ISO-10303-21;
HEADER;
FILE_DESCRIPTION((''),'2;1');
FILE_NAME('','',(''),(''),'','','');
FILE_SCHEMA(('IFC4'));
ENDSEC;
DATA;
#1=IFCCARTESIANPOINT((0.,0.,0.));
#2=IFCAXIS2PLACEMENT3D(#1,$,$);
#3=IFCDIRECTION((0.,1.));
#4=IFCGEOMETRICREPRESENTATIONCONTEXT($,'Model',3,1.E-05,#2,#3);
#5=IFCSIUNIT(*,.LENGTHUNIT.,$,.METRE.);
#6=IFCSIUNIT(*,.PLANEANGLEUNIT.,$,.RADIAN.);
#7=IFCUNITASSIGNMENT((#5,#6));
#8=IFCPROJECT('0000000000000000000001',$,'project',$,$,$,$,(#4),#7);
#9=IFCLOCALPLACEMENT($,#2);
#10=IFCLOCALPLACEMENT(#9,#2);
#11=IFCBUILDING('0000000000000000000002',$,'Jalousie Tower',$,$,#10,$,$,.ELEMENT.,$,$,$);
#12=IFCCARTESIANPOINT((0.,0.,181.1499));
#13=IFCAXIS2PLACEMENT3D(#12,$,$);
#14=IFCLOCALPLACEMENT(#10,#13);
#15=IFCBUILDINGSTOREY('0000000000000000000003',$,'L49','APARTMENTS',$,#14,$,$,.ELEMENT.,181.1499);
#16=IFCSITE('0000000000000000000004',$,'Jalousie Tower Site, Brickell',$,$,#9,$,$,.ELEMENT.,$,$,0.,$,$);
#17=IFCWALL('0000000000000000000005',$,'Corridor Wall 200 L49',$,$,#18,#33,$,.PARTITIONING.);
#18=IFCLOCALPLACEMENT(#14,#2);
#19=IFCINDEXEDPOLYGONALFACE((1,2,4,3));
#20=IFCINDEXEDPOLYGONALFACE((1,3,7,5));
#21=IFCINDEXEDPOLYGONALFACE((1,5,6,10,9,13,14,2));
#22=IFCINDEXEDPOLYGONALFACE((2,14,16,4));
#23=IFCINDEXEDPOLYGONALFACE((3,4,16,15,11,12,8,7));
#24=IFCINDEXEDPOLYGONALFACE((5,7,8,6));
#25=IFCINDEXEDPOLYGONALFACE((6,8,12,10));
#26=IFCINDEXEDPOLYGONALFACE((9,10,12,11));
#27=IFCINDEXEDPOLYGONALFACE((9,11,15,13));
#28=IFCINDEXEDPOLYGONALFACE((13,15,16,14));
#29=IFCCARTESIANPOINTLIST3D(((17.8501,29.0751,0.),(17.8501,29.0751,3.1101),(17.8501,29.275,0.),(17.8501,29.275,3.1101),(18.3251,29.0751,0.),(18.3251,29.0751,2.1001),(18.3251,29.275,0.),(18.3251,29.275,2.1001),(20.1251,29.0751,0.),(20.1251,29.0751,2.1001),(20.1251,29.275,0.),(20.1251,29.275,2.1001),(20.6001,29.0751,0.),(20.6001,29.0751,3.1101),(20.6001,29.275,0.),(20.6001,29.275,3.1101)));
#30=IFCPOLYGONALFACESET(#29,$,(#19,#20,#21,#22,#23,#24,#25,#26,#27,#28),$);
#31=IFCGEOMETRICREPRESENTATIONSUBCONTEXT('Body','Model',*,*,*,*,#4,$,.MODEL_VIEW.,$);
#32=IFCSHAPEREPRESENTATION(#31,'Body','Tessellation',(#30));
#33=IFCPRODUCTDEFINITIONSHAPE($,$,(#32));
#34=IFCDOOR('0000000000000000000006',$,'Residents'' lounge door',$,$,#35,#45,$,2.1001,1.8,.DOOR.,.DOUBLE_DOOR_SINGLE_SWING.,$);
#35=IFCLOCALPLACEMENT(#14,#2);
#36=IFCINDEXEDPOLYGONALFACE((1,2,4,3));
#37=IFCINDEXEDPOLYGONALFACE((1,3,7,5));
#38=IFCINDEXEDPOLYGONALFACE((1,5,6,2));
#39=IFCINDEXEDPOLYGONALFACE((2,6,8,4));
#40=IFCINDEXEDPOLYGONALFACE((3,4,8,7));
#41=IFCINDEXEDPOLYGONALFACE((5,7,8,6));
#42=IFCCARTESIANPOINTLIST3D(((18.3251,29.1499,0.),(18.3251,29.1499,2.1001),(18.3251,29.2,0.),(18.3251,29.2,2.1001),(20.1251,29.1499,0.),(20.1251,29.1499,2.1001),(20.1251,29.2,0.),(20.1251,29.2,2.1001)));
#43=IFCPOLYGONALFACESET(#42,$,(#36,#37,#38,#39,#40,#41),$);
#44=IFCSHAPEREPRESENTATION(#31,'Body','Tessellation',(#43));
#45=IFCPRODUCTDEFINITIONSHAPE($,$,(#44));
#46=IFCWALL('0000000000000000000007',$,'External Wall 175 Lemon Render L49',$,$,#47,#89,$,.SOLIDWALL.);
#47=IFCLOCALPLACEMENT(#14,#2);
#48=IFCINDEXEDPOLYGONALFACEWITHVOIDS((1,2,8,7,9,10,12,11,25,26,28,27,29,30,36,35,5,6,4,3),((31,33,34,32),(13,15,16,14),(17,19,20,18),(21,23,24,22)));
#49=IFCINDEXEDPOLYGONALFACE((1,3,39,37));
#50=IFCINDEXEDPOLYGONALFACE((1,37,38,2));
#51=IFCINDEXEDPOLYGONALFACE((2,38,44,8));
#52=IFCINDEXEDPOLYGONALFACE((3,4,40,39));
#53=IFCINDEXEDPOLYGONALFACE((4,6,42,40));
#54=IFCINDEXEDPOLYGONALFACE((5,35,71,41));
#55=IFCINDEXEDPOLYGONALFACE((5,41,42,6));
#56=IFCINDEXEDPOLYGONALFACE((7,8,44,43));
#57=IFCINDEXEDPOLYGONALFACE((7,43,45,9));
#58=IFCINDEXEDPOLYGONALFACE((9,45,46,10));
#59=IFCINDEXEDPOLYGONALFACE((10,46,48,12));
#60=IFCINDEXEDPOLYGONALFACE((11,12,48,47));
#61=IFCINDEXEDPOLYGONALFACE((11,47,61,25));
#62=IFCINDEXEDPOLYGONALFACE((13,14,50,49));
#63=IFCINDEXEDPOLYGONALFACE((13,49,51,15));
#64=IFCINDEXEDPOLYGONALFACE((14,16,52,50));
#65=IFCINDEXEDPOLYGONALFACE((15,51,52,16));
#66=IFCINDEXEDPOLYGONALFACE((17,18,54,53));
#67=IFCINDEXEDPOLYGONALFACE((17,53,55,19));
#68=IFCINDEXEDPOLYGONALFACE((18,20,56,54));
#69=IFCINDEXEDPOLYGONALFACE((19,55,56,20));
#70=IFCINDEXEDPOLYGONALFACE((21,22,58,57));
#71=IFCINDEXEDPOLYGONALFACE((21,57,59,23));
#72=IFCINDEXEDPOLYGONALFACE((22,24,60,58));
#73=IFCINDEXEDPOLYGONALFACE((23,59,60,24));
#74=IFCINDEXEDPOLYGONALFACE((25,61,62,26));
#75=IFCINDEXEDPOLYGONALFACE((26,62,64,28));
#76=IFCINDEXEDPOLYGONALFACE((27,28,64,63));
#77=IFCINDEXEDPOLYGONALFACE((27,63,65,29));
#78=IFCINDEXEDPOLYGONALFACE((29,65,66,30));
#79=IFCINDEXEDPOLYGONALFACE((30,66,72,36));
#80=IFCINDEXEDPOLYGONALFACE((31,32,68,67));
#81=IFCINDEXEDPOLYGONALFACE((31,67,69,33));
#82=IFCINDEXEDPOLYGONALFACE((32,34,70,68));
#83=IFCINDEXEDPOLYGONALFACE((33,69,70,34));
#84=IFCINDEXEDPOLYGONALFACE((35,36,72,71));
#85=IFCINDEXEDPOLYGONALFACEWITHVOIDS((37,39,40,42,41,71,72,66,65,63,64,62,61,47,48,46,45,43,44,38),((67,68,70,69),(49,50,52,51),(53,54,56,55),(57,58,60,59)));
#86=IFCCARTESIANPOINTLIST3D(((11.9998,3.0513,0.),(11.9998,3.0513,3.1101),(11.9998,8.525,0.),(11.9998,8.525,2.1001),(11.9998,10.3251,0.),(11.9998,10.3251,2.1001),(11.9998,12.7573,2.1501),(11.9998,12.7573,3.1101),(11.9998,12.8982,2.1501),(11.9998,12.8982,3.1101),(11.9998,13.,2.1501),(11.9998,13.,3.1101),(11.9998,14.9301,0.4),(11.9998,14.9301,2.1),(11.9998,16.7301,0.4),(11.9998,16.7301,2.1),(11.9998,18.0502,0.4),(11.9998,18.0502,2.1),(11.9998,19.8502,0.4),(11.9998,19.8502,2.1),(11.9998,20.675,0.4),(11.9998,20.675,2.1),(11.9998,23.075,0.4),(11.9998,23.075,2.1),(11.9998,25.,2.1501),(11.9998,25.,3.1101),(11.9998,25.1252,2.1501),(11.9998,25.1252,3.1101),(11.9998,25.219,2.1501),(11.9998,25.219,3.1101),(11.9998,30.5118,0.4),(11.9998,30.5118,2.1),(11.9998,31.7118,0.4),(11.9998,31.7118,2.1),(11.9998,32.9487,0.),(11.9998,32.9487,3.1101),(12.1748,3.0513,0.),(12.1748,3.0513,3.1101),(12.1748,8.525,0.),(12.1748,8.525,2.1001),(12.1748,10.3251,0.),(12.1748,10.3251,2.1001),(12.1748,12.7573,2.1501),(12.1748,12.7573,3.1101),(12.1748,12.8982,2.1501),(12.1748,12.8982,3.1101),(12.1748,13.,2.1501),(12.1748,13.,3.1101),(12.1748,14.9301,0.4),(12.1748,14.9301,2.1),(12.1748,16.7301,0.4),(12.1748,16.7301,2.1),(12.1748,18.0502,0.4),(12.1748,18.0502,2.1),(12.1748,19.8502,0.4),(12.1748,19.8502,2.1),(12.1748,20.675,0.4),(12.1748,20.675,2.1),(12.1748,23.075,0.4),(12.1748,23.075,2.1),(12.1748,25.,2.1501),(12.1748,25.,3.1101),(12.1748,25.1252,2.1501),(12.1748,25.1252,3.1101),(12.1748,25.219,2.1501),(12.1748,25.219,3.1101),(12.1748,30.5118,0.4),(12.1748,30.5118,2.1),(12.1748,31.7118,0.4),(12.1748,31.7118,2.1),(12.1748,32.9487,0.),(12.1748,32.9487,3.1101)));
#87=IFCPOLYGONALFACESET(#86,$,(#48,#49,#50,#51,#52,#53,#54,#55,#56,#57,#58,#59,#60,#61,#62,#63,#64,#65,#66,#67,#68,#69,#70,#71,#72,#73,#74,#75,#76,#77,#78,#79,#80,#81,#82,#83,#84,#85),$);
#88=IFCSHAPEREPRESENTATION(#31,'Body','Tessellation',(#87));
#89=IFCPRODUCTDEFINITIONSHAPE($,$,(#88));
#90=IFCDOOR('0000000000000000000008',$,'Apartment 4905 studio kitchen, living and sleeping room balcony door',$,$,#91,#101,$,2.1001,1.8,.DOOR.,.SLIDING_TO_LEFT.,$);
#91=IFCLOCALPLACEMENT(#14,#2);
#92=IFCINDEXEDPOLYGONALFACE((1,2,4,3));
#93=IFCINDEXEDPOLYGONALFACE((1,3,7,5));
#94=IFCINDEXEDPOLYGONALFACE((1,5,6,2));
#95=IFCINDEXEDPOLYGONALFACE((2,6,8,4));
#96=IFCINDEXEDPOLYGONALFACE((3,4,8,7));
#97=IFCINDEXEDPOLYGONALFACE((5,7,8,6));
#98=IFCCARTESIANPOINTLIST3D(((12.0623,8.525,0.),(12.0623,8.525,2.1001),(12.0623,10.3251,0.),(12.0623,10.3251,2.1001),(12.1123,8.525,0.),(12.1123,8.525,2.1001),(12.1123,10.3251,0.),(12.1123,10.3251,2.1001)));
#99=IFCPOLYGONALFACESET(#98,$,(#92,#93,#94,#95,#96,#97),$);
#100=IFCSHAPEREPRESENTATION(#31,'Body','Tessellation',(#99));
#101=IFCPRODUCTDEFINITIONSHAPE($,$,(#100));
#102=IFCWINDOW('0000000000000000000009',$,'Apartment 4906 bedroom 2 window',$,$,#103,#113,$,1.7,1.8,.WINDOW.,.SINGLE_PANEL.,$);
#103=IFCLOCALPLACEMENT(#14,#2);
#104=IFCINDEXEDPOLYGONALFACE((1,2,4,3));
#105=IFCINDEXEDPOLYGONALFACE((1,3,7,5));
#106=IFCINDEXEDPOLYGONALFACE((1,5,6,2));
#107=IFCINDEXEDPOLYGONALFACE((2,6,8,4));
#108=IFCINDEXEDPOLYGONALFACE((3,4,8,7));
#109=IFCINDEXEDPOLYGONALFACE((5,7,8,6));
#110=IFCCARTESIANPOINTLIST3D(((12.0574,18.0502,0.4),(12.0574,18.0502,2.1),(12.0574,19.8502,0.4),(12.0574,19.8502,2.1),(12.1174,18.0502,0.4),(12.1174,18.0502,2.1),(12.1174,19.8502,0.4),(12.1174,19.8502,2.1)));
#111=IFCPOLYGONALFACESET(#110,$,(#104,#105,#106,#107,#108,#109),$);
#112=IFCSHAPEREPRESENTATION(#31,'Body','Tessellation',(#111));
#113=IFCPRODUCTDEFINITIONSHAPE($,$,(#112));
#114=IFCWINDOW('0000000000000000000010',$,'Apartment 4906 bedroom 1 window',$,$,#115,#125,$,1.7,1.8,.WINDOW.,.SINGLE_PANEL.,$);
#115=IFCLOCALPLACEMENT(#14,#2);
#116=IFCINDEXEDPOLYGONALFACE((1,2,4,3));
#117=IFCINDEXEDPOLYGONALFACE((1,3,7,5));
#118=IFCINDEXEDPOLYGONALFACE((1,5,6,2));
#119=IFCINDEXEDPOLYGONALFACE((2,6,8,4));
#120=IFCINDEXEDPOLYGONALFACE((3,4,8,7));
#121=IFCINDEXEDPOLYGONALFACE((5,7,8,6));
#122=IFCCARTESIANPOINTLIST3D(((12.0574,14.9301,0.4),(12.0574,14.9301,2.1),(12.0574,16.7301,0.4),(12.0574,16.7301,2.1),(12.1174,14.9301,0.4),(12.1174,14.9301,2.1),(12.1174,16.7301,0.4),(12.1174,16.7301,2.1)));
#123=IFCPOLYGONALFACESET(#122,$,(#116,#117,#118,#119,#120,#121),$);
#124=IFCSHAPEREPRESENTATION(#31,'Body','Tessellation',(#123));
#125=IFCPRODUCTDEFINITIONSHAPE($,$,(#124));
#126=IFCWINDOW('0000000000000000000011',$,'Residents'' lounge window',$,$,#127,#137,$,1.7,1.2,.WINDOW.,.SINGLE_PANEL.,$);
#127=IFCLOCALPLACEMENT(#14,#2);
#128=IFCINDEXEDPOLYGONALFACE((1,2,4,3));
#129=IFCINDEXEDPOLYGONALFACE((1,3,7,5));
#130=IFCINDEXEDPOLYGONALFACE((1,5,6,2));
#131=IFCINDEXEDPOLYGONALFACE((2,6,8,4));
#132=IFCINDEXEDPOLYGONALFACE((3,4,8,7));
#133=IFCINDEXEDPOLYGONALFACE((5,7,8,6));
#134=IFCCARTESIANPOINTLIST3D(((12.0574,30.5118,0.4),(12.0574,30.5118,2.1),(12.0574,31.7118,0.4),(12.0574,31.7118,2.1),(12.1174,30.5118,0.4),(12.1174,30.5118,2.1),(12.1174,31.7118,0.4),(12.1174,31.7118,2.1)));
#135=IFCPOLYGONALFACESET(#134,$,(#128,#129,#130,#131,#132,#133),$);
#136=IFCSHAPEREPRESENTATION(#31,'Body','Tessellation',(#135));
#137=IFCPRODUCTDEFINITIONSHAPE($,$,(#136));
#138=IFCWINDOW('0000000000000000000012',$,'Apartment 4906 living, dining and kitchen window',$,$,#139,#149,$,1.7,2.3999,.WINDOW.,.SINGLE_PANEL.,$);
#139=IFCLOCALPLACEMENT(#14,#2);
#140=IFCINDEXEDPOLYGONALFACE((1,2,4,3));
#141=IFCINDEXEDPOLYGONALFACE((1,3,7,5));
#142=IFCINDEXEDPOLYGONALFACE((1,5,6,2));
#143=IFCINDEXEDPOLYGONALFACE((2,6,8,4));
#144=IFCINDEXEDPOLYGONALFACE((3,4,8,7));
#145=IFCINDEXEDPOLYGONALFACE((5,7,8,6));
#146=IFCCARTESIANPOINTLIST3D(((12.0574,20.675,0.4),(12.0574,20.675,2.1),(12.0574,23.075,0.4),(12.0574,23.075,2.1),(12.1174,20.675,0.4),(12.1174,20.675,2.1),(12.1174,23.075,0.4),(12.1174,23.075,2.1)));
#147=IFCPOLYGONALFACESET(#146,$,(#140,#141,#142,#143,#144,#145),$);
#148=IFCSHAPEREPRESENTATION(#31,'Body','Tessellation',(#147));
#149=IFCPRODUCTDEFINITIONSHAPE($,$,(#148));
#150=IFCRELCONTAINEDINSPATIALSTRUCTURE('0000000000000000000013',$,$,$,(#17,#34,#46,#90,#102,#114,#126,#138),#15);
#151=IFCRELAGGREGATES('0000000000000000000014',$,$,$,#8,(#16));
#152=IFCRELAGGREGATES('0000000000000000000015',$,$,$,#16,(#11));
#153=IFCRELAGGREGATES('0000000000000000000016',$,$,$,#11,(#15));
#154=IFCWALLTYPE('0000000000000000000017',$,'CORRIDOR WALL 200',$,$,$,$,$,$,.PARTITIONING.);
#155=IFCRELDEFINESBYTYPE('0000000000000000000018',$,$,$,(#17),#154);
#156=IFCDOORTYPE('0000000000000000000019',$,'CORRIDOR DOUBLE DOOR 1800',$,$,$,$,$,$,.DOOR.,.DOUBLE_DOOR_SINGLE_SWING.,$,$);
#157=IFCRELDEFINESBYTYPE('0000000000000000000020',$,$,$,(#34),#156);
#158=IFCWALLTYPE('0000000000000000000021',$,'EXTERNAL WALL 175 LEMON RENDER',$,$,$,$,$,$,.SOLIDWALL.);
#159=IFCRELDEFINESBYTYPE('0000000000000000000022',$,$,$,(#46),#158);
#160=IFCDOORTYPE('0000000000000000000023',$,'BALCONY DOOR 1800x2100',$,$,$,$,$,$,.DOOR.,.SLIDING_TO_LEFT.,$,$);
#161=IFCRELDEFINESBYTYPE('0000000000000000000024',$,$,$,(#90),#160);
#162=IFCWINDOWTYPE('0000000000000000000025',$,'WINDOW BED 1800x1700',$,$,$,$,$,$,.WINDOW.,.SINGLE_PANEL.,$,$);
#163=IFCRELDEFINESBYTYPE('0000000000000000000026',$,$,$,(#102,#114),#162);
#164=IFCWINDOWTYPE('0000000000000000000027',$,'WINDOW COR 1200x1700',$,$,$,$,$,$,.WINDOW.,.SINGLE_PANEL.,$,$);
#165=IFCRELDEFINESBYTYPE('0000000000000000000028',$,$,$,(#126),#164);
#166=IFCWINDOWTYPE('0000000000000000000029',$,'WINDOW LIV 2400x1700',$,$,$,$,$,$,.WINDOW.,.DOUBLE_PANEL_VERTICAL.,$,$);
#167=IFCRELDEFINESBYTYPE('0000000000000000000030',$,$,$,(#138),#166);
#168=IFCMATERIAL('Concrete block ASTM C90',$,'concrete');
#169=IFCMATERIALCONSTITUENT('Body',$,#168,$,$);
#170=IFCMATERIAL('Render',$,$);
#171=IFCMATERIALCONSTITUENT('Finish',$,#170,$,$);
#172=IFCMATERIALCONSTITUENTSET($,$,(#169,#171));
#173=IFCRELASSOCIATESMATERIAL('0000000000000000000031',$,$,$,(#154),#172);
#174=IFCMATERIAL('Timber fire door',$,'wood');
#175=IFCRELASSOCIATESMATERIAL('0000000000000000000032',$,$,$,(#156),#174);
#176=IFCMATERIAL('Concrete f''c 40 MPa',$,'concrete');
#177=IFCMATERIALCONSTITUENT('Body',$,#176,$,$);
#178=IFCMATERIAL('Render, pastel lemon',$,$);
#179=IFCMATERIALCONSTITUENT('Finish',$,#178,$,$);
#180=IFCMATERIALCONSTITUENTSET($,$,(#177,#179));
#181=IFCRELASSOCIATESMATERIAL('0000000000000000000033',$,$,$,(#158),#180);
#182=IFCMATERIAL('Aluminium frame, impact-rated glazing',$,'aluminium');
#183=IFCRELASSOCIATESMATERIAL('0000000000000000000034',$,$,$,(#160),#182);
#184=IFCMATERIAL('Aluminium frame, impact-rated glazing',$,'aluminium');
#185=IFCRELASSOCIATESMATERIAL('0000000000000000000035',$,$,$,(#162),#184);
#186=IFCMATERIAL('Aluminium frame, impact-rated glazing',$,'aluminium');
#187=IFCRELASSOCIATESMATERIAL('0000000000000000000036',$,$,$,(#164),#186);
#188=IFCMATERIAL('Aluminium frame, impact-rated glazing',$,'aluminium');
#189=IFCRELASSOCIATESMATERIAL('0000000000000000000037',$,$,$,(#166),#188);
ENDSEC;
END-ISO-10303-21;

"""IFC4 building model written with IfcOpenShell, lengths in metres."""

from ifc_helpers import new_model, si_unit, direction, frame, frame_2d, origin, place, context, subcontext, project, spatial, polyline, rectangle, outline, extrude, material, constituent, constituent_set, type_object, element, fill, save


model = new_model("IFC4")

# Units and contexts
model_context = context("Model", 3, precision=1e-05, world=origin(), true_north=direction((0.0, 1.0)))
body_context = subcontext(model_context, "Body", "Model", "MODEL_VIEW")
ifc_project = project(units=[si_unit("LENGTHUNIT", "METRE"), si_unit("PLANEANGLEUNIT", "RADIAN")], contexts=[model_context])

# Site, building, storey
site_placement = place(None, origin())
site = spatial("IfcSite", under=ifc_project, at=site_placement, Name="Jalousie Tower Site, Brickell", CompositionType="ELEMENT", RefElevation=0.0)
building_placement = place(site_placement, origin())
building = spatial("IfcBuilding", under=site, at=building_placement, Name="Jalousie Tower", CompositionType="ELEMENT")
storey_placement = place(building_placement, frame((0.0, 0.0, 181.1499)))
storey = spatial("IfcBuildingStorey", under=building, at=storey_placement, Name="L49", Description="APARTMENTS", CompositionType="ELEMENT", Elevation=181.1499)

# Wall, opening, door
ifc_material_1 = material(Name="Concrete block ASTM C90", Category="concrete")
ifc_constituent_1 = constituent(ifc_material_1, Name="Body")
ifc_material_2 = material(Name="Render")
ifc_constituent_2 = constituent(ifc_material_2, Name="Finish")
ifc_constituent_set_1 = constituent_set(constituents=[ifc_constituent_1, ifc_constituent_2])
wall_type_1 = type_object("IfcWallType", Name="CORRIDOR WALL 200", PredefinedType="PARTITIONING", material=ifc_constituent_set_1)
wall_1_placement = place(storey_placement, frame((17.8501, 29.175, 0.0), z_axis=(0.0, 0.0, 1.0), x_axis=(1.0, 0.0, 0.0)))
wall_1 = element("IfcWall", 1, at=wall_1_placement, inside=storey, type_object=wall_type_1, Name="Corridor Wall 200 L49", PredefinedType="PARTITIONING", context=body_context, shape_type="SweptSolid", body=[
    extrude(rectangle(XDim=2.75, YDim=0.2, at=frame_2d((1.375, 0.0))), origin(), (0.0, 0.0, 1.0), 3.1101),
])
opening_1_placement = place(wall_1_placement, frame((0.4751, 0.0, 0.0)))
opening_1 = element("IfcOpeningElement", 2, at=opening_1_placement, cuts=wall_1, PredefinedType="OPENING", context=body_context, shape_type="SweptSolid", body=[
    extrude(rectangle(XDim=1.8, YDim=2.1001, at=frame_2d((0.8999, 1.05))), frame((0.0, 0.1099, 0.0), z_axis=(0.0, -1.0, 0.0), x_axis=(1.0, 0.0, 0.0)), (0.0, 0.0, 1.0), 0.22),
])
ifc_material_3 = material(Name="Timber fire door", Category="wood")
door_type_1 = type_object("IfcDoorType", Name="CORRIDOR DOUBLE DOOR 1800", OperationType="DOUBLE_DOOR_SINGLE_SWING", PredefinedType="DOOR", material=ifc_material_3)
door_1_placement = place(opening_1_placement, origin())
door_1 = element("IfcDoor", 3, at=door_1_placement, inside=storey, type_object=door_type_1, Name="Residents' lounge door", OperationType="DOUBLE_DOOR_SINGLE_SWING", OverallHeight=2.1001, OverallWidth=1.8, PredefinedType="DOOR", context=body_context, shape_type="SweptSolid", body=[
    extrude(rectangle(XDim=1.8, YDim=2.1001, at=frame_2d((0.8999, 1.05))), frame((0.0, 0.0249, 0.0), z_axis=(0.0, -1.0, 0.0), x_axis=(1.0, 0.0, 0.0)), (0.0, 0.0, 1.0), 0.05),
])
fill(opening_1, door_1)

# Wall, openings, door, windows
ifc_material_4 = material(Name="Concrete f'c 40 MPa", Category="concrete")
ifc_constituent_3 = constituent(ifc_material_4, Name="Body")
ifc_material_5 = material(Name="Render, pastel lemon")
ifc_constituent_4 = constituent(ifc_material_5, Name="Finish")
ifc_constituent_set_2 = constituent_set(constituents=[ifc_constituent_3, ifc_constituent_4])
wall_type_2 = type_object("IfcWallType", Name="EXTERNAL WALL 175 LEMON RENDER", PredefinedType="SOLIDWALL", material=ifc_constituent_set_2)
wall_2_placement = place(storey_placement, frame((12.0874, 32.9487, 0.0), z_axis=(0.0, 0.0, 1.0), x_axis=(0.0, -1.0, 0.0)))
wall_2 = element("IfcWall", 4, at=wall_2_placement, inside=storey, type_object=wall_type_2, Name="External Wall 175 Lemon Render L49", PredefinedType="SOLIDWALL", context=body_context, shape_type="SweptSolid", body=[
    extrude(outline(polyline([(0.0, 0.0), (29.8975, 0.0), (29.8975, 3.1101), (20.1914, 3.1101), (20.1914, 2.1501), (20.0505, 2.1501), (20.0505, 3.1101), (19.9487, 3.1101), (19.9487, 2.1501), (7.9487, 2.1501), (7.9487, 3.1101), (7.8235, 3.1101), (7.8235, 2.1501), (7.7297, 2.1501), (7.7297, 3.1101), (0.0, 3.1101), (0.0, 0.0)])), frame((0.0, 0.0874, 0.0), z_axis=(0.0, -1.0, 0.0), x_axis=(1.0, 0.0, 0.0)), (0.0, 0.0, 1.0), 0.175),
])
opening_2_placement = place(wall_2_placement, frame((1.2368, 0.0, 0.3999)))
opening_2 = element("IfcOpeningElement", 5, at=opening_2_placement, cuts=wall_2, PredefinedType="OPENING", context=body_context, shape_type="SweptSolid", body=[
    extrude(rectangle(XDim=1.2, YDim=1.7, at=frame_2d((0.6001, 0.8501))), frame((0.0, 0.0974, 0.0), z_axis=(0.0, -1.0, 0.0), x_axis=(1.0, 0.0, 0.0)), (0.0, 0.0, 1.0), 0.1951),
])
opening_3_placement = place(wall_2_placement, frame((9.8738, 0.0, 0.3999)))
opening_3 = element("IfcOpeningElement", 6, at=opening_3_placement, cuts=wall_2, PredefinedType="OPENING", context=body_context, shape_type="SweptSolid", body=[
    extrude(rectangle(XDim=2.3999, YDim=1.7, at=frame_2d((1.2, 0.8501))), frame((0.0, 0.0974, 0.0), z_axis=(0.0, -1.0, 0.0), x_axis=(1.0, 0.0, 0.0)), (0.0, 0.0, 1.0), 0.1951),
])
opening_4_placement = place(wall_2_placement, frame((13.0986, 0.0, 0.3999)))
opening_4 = element("IfcOpeningElement", 7, at=opening_4_placement, cuts=wall_2, PredefinedType="OPENING", context=body_context, shape_type="SweptSolid", body=[
    extrude(rectangle(XDim=1.8, YDim=1.7, at=frame_2d((0.8999, 0.8501))), frame((0.0, 0.0974, 0.0), z_axis=(0.0, -1.0, 0.0), x_axis=(1.0, 0.0, 0.0)), (0.0, 0.0, 1.0), 0.1951),
])
opening_5_placement = place(wall_2_placement, frame((16.2188, 0.0, 0.3999)))
opening_5 = element("IfcOpeningElement", 8, at=opening_5_placement, cuts=wall_2, PredefinedType="OPENING", context=body_context, shape_type="SweptSolid", body=[
    extrude(rectangle(XDim=1.8, YDim=1.7, at=frame_2d((0.8999, 0.8501))), frame((0.0, 0.0974, 0.0), z_axis=(0.0, -1.0, 0.0), x_axis=(1.0, 0.0, 0.0)), (0.0, 0.0, 1.0), 0.1951),
])
opening_6_placement = place(wall_2_placement, frame((22.6238, 0.0, 0.0)))
opening_6 = element("IfcOpeningElement", 9, at=opening_6_placement, cuts=wall_2, PredefinedType="OPENING", context=body_context, shape_type="SweptSolid", body=[
    extrude(rectangle(XDim=1.8, YDim=2.1001, at=frame_2d((0.8999, 1.05))), frame((0.0, 0.0974, 0.0), z_axis=(0.0, -1.0, 0.0), x_axis=(1.0, 0.0, 0.0)), (0.0, 0.0, 1.0), 0.1951),
])
ifc_material_6 = material(Name="Aluminium frame, impact-rated glazing", Category="aluminium")
door_type_2 = type_object("IfcDoorType", Name="BALCONY DOOR 1800x2100", OperationType="SLIDING_TO_LEFT", PredefinedType="DOOR", material=ifc_material_6)
door_2_placement = place(opening_6_placement, origin())
door_2 = element("IfcDoor", 10, at=door_2_placement, inside=storey, type_object=door_type_2, Name="Apartment 4905 studio kitchen, living and sleeping room balcony door", OperationType="SLIDING_TO_LEFT", OverallHeight=2.1001, OverallWidth=1.8, PredefinedType="DOOR", context=body_context, shape_type="SweptSolid", body=[
    extrude(rectangle(XDim=1.8, YDim=2.1001, at=frame_2d((0.8999, 1.05))), frame((0.0, 0.0249, 0.0), z_axis=(0.0, -1.0, 0.0), x_axis=(1.0, 0.0, 0.0)), (0.0, 0.0, 1.0), 0.05),
])
fill(opening_6, door_2)
ifc_material_7 = material(Name="Aluminium frame, impact-rated glazing", Category="aluminium")
window_type_1 = type_object("IfcWindowType", Name="WINDOW BED 1800x1700", PartitioningType="SINGLE_PANEL", PredefinedType="WINDOW", material=ifc_material_7)
window_1_placement = place(opening_4_placement, origin())
window_1 = element("IfcWindow", 11, at=window_1_placement, inside=storey, type_object=window_type_1, Name="Apartment 4906 bedroom 2 window", OverallHeight=1.7, OverallWidth=1.8, PartitioningType="SINGLE_PANEL", PredefinedType="WINDOW", context=body_context, shape_type="SweptSolid", body=[
    extrude(rectangle(XDim=1.8, YDim=1.7, at=frame_2d((0.8999, 0.8501))), frame((0.0, 0.03, 0.0), z_axis=(0.0, -1.0, 0.0), x_axis=(1.0, 0.0, 0.0)), (0.0, 0.0, 1.0), 0.0601),
])
fill(opening_4, window_1)
window_2_placement = place(opening_5_placement, origin())
window_2 = element("IfcWindow", 12, at=window_2_placement, inside=storey, type_object=window_type_1, Name="Apartment 4906 bedroom 1 window", OverallHeight=1.7, OverallWidth=1.8, PartitioningType="SINGLE_PANEL", PredefinedType="WINDOW", context=body_context, shape_type="SweptSolid", body=[
    extrude(rectangle(XDim=1.8, YDim=1.7, at=frame_2d((0.8999, 0.8501))), frame((0.0, 0.03, 0.0), z_axis=(0.0, -1.0, 0.0), x_axis=(1.0, 0.0, 0.0)), (0.0, 0.0, 1.0), 0.0601),
])
fill(opening_5, window_2)
ifc_material_8 = material(Name="Aluminium frame, impact-rated glazing", Category="aluminium")
window_type_2 = type_object("IfcWindowType", Name="WINDOW COR 1200x1700", PartitioningType="SINGLE_PANEL", PredefinedType="WINDOW", material=ifc_material_8)
window_3_placement = place(opening_2_placement, origin())
window_3 = element("IfcWindow", 13, at=window_3_placement, inside=storey, type_object=window_type_2, Name="Residents' lounge window", OverallHeight=1.7, OverallWidth=1.2, PartitioningType="SINGLE_PANEL", PredefinedType="WINDOW", context=body_context, shape_type="SweptSolid", body=[
    extrude(rectangle(XDim=1.2, YDim=1.7, at=frame_2d((0.6001, 0.8501))), frame((0.0, 0.03, 0.0), z_axis=(0.0, -1.0, 0.0), x_axis=(1.0, 0.0, 0.0)), (0.0, 0.0, 1.0), 0.0601),
])
fill(opening_2, window_3)
ifc_material_9 = material(Name="Aluminium frame, impact-rated glazing", Category="aluminium")
window_type_3 = type_object("IfcWindowType", Name="WINDOW LIV 2400x1700", PartitioningType="DOUBLE_PANEL_VERTICAL", PredefinedType="WINDOW", material=ifc_material_9)
window_4_placement = place(opening_3_placement, origin())
window_4 = element("IfcWindow", 14, at=window_4_placement, inside=storey, type_object=window_type_3, Name="Apartment 4906 living, dining and kitchen window", OverallHeight=1.7, OverallWidth=2.3999, PartitioningType="SINGLE_PANEL", PredefinedType="WINDOW", context=body_context, shape_type="SweptSolid", body=[
    extrude(rectangle(XDim=2.3999, YDim=1.7, at=frame_2d((1.2, 0.8501))), frame((0.0, 0.03, 0.0), z_axis=(0.0, -1.0, 0.0), x_axis=(1.0, 0.0, 0.0)), (0.0, 0.0, 1.0), 0.0601),
])
fill(opening_3, window_4)

save(model, "model.ifc")
